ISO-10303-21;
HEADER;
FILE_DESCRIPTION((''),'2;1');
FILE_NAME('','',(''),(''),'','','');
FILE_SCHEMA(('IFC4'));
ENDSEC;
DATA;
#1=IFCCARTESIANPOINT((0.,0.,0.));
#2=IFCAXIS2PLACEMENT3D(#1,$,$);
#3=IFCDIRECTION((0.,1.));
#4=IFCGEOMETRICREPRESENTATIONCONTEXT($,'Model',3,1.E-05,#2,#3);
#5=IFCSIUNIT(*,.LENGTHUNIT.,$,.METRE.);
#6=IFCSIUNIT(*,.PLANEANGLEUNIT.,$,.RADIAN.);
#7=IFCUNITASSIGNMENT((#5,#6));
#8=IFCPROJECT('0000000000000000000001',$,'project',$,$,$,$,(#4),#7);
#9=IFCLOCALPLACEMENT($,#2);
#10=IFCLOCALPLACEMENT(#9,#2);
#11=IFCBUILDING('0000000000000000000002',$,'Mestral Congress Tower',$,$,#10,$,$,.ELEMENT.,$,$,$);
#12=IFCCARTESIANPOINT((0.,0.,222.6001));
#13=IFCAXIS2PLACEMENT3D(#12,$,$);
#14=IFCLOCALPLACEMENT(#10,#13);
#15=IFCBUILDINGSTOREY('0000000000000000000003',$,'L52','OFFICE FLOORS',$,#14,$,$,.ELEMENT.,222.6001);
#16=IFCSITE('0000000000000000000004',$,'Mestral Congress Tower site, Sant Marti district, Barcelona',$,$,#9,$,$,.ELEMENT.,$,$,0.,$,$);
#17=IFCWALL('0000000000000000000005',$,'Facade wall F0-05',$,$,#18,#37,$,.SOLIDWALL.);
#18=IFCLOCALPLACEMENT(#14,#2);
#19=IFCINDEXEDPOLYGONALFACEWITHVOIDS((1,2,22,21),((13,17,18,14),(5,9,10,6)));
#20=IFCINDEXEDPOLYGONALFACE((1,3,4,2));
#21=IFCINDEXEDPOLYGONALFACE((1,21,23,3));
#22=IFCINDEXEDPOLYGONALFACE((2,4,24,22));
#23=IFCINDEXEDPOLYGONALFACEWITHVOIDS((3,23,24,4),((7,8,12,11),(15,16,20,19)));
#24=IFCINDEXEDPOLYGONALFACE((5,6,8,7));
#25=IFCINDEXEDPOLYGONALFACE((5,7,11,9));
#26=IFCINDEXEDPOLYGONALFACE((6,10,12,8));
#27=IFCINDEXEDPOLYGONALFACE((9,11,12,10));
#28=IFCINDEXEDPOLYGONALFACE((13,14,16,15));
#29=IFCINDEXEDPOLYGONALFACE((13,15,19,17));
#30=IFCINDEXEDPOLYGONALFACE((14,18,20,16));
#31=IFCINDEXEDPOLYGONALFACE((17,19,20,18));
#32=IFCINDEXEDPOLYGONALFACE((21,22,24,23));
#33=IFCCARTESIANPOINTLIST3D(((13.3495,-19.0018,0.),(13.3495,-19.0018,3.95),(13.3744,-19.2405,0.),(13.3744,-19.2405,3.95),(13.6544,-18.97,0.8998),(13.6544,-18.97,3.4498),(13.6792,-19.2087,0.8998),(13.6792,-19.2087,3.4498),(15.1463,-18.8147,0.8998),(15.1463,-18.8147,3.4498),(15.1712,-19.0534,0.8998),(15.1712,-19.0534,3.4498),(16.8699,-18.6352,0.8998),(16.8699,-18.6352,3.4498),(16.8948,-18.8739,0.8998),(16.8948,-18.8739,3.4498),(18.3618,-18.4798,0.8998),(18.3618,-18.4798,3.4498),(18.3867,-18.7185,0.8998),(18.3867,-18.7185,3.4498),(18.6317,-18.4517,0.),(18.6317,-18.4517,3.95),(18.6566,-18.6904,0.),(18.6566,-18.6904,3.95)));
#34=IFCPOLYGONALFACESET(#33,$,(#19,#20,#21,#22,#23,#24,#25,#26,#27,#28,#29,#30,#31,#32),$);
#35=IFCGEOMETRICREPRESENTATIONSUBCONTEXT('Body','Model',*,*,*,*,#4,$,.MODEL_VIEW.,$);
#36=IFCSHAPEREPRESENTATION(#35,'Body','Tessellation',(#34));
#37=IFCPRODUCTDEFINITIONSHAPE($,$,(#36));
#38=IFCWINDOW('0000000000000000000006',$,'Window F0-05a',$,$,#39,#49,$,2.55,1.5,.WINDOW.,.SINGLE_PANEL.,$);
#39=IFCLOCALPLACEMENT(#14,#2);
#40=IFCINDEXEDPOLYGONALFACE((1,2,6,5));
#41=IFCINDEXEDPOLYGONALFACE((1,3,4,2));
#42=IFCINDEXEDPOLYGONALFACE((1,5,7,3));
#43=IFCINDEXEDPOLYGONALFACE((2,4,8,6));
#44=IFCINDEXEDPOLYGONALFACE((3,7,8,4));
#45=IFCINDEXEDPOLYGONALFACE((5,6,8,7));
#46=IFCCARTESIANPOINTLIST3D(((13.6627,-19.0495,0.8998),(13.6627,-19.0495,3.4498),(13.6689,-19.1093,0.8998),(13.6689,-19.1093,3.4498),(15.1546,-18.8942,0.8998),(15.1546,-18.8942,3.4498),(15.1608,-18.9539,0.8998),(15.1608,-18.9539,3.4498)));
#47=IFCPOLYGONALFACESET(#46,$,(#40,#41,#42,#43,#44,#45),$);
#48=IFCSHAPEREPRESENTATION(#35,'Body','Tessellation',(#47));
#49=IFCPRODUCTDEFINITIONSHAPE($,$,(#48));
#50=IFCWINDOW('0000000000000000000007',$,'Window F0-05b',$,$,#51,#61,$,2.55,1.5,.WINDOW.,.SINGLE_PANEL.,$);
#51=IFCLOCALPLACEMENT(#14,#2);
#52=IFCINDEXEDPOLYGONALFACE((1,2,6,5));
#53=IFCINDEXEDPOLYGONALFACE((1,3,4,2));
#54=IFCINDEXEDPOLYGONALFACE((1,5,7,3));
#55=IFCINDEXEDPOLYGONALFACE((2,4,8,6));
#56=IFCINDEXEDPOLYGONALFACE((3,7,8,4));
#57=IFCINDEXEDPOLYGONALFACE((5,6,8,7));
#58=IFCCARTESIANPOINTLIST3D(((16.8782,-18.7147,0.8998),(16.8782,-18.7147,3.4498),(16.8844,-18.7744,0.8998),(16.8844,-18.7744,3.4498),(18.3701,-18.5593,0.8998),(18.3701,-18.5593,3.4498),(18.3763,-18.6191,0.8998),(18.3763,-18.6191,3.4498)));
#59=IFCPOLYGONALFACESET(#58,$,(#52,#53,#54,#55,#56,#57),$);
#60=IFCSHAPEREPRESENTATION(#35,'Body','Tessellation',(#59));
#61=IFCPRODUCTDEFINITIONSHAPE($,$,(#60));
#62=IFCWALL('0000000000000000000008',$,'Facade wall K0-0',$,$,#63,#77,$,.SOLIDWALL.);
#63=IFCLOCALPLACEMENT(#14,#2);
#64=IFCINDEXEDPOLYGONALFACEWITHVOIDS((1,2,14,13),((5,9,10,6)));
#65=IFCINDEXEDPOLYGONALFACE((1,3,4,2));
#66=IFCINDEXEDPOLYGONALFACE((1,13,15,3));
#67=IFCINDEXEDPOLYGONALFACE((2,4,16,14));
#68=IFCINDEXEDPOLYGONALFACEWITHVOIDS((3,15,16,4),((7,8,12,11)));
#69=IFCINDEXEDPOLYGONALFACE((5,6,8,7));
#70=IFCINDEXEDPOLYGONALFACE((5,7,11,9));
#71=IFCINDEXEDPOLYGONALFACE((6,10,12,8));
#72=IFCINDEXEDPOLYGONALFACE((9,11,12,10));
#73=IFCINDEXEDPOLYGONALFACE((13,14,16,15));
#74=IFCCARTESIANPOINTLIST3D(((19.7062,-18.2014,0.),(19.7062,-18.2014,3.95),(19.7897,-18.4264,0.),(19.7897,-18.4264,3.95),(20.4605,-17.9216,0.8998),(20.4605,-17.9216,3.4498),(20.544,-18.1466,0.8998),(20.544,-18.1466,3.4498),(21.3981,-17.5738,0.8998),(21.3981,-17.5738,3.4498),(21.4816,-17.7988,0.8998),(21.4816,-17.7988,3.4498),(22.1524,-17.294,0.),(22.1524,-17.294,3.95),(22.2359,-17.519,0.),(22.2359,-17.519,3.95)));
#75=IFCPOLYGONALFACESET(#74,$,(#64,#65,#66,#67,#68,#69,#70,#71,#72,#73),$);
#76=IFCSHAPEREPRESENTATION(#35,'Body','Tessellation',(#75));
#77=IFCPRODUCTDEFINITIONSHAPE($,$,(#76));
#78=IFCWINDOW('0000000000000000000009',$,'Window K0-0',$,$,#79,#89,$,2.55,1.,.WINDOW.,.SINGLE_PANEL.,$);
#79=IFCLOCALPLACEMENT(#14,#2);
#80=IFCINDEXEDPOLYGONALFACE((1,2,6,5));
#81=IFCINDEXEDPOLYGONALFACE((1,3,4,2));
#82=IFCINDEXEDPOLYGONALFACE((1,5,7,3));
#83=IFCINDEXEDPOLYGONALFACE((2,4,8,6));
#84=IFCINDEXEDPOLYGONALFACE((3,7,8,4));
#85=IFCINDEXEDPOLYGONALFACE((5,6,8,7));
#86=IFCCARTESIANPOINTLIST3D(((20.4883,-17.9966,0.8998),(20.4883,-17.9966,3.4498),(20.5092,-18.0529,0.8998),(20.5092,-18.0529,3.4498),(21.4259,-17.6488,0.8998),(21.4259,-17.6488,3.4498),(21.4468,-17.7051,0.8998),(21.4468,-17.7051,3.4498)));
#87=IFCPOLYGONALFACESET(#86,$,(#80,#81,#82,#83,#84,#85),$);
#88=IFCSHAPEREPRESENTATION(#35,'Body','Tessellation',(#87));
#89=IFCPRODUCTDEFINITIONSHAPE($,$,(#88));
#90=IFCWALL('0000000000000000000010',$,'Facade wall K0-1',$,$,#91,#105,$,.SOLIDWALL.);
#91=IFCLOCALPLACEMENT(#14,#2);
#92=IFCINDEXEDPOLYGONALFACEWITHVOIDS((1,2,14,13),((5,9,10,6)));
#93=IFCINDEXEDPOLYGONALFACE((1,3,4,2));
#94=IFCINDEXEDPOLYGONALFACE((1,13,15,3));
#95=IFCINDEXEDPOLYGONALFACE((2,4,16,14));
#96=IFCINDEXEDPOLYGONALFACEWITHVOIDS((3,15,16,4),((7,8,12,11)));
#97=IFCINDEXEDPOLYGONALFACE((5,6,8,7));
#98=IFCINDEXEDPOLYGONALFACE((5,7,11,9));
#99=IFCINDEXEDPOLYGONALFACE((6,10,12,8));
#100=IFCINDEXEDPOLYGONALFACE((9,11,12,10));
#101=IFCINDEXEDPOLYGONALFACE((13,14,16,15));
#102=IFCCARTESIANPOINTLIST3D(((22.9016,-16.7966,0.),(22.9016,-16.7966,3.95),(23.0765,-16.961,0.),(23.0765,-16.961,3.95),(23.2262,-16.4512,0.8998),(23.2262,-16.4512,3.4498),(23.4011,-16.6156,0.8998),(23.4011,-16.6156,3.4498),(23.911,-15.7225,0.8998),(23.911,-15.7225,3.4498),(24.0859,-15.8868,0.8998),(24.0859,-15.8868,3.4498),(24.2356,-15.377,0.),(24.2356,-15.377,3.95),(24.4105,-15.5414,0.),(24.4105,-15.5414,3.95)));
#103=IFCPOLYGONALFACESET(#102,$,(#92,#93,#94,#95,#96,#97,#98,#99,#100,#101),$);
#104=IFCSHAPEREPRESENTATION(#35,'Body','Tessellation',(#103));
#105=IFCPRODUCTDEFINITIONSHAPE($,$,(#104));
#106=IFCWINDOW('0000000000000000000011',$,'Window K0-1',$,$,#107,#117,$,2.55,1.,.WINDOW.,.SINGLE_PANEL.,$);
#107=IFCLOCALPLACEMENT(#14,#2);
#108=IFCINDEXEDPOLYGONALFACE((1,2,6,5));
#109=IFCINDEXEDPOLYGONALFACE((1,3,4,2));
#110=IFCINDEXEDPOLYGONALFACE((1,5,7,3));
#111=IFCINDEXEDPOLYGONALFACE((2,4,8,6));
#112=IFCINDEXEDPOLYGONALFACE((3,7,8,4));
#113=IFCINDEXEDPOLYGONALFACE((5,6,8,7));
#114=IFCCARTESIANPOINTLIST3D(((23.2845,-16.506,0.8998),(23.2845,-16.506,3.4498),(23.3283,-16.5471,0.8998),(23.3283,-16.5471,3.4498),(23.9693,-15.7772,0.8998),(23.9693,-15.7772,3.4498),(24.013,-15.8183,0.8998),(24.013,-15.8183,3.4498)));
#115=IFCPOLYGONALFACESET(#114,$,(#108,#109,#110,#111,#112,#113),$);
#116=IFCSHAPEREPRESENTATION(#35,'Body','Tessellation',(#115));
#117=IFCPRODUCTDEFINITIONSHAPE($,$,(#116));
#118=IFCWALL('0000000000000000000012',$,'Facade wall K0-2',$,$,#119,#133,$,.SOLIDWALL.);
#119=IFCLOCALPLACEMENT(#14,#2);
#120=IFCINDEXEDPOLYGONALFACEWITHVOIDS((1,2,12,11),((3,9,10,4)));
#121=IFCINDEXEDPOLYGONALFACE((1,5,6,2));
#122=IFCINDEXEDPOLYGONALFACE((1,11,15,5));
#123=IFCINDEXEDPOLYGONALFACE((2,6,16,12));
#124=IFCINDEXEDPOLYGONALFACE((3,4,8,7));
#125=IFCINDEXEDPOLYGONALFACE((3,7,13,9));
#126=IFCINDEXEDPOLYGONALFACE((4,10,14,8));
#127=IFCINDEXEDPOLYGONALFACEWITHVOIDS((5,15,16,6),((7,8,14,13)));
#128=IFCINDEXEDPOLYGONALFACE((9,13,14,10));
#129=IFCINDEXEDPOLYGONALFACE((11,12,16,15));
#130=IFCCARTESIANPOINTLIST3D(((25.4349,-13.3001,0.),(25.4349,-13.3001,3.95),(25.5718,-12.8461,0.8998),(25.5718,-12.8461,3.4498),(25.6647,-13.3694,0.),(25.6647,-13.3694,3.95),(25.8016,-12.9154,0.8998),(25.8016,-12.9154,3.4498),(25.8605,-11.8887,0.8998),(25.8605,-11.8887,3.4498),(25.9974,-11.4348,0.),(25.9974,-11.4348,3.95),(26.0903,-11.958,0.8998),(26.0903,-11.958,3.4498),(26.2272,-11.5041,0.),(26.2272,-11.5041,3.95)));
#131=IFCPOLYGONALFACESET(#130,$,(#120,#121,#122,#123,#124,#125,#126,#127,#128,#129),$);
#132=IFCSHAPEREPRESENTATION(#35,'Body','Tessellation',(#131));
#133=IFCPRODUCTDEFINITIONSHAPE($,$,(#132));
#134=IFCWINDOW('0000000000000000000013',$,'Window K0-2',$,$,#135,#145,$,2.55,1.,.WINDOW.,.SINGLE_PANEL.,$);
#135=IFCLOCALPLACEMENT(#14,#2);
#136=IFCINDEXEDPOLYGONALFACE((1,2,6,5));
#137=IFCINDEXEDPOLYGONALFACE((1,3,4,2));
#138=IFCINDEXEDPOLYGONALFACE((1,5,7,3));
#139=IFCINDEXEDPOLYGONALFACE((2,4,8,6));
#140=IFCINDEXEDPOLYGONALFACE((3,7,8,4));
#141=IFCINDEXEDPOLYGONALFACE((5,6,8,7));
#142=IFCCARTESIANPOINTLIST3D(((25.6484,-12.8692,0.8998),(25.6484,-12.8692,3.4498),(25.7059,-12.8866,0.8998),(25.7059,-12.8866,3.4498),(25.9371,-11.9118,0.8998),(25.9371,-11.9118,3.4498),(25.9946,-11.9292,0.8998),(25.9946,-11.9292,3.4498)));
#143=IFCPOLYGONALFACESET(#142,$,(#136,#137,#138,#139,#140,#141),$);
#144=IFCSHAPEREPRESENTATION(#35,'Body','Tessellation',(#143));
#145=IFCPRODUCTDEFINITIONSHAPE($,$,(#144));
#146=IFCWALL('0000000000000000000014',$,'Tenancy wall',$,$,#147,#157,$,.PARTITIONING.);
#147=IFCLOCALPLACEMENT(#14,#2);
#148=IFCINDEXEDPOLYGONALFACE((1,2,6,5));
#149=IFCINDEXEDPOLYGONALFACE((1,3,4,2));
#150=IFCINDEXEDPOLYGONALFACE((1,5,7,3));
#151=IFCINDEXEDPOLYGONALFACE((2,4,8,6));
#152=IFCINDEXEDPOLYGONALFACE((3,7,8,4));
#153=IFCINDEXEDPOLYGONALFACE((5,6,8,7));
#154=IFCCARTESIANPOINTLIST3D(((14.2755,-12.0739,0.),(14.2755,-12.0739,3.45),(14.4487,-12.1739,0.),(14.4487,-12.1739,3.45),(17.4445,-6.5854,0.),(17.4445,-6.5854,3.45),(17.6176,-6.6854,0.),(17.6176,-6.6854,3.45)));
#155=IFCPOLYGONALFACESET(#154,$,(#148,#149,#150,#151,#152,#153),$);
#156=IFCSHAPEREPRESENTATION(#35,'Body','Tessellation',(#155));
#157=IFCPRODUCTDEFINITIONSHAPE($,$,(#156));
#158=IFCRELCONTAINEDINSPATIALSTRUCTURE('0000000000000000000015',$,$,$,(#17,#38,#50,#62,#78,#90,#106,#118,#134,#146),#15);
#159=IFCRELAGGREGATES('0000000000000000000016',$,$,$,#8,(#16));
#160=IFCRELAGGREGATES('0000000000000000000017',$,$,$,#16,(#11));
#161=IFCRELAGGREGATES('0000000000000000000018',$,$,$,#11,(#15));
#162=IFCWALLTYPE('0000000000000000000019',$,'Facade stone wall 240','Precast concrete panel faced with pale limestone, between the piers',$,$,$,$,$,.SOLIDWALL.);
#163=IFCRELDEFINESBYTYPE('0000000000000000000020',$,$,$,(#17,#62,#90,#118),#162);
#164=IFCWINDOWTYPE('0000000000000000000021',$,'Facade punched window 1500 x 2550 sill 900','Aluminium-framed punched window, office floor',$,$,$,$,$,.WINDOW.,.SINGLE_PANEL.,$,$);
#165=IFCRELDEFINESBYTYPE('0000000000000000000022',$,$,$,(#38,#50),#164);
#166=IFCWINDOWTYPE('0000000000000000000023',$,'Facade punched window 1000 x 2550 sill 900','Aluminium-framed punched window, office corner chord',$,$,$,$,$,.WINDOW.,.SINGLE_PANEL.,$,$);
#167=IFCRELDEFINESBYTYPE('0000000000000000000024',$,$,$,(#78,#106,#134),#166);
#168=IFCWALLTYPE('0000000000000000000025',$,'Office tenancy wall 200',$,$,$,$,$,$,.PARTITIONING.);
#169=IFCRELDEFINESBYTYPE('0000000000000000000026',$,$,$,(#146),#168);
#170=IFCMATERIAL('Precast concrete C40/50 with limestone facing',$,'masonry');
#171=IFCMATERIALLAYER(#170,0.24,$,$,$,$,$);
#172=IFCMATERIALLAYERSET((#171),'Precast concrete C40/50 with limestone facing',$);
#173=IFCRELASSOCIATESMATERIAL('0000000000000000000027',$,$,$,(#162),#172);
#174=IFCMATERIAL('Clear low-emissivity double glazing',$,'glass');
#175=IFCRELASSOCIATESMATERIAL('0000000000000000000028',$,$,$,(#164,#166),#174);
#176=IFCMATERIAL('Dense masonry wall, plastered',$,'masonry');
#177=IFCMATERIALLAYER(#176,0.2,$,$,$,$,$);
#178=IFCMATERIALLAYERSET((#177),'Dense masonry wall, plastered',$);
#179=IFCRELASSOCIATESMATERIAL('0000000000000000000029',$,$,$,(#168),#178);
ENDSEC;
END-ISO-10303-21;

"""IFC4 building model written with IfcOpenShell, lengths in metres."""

from ifc_helpers import new_model, si_unit, direction, frame, frame_2d, origin, place, context, subcontext, project, spatial, rectangle, extrude, material, layer, layer_set, type_object, element, fill, save


model = new_model("IFC4")

# Units and contexts
model_context = context("Model", 3, precision=1e-05, world=origin(), true_north=direction((0.0, 1.0)))
body_context = subcontext(model_context, "Body", "Model", "MODEL_VIEW")
ifc_project = project(units=[si_unit("LENGTHUNIT", "METRE"), si_unit("PLANEANGLEUNIT", "RADIAN")], contexts=[model_context])

# Site, building, storey
site_placement = place(None, origin())
site = spatial("IfcSite", under=ifc_project, at=site_placement, Name="Mestral Congress Tower site, Sant Marti district, Barcelona", CompositionType="ELEMENT", RefElevation=0.0)
building_placement = place(site_placement, origin())
building = spatial("IfcBuilding", under=site, at=building_placement, Name="Mestral Congress Tower", CompositionType="ELEMENT")
storey_placement = place(building_placement, frame((0.0, 0.0, 222.6001)))
storey = spatial("IfcBuildingStorey", under=building, at=storey_placement, Name="L52", Description="OFFICE FLOORS", CompositionType="ELEMENT", Elevation=222.6001)

# Wall, openings, windows
ifc_material_1 = material(Name="Precast concrete C40/50 with limestone facing", Category="masonry")
ifc_layer_1 = layer(ifc_material_1, 0.24)
ifc_layer_set_1 = layer_set([ifc_layer_1], Name="Precast concrete C40/50 with limestone facing")
wall_type_1 = type_object("IfcWallType", Name="Facade stone wall 240", Description="Precast concrete panel faced with pale limestone, between the piers", PredefinedType="SOLIDWALL", material=ifc_layer_set_1)
wall_1_placement = place(storey_placement, frame((13.3621, -19.1211, 0.0), z_axis=(0.0, 0.0, 1.0), x_axis=(0.994622, 0.103572, 0.0)))
wall_1 = element("IfcWall", 1, at=wall_1_placement, inside=storey, type_object=wall_type_1, Name="Facade wall F0-05", PredefinedType="SOLIDWALL", context=body_context, shape_type="SweptSolid", body=[
    extrude(rectangle(XDim=5.3108, YDim=0.24, at=frame_2d((2.6553, 0.0))), origin(), (0.0, 0.0, 1.0), 3.95),
])
opening_1_placement = place(wall_1_placement, frame((0.3064, 0.0, 0.8999)))
opening_1 = element("IfcOpeningElement", 2, at=opening_1_placement, cuts=wall_1, PredefinedType="OPENING", context=body_context, shape_type="SweptSolid", body=[
    extrude(rectangle(XDim=1.5, YDim=2.55, at=frame_2d((0.75, 1.2749))), frame((0.0, 0.1299, 0.0), z_axis=(0.0, -1.0, 0.0), x_axis=(1.0, 0.0, 0.0)), (0.0, 0.0, 1.0), 0.26),
])
opening_2_placement = place(wall_1_placement, frame((3.5393, 0.0, 0.8999)))
opening_2 = element("IfcOpeningElement", 3, at=opening_2_placement, cuts=wall_1, PredefinedType="OPENING", context=body_context, shape_type="SweptSolid", body=[
    extrude(rectangle(XDim=1.5, YDim=2.55, at=frame_2d((0.75, 1.2749))), frame((0.0, 0.1299, 0.0), z_axis=(0.0, -1.0, 0.0), x_axis=(1.0, 0.0, 0.0)), (0.0, 0.0, 1.0), 0.26),
])
ifc_material_2 = material(Name="Clear low-emissivity double glazing", Category="glass")
window_type_1 = type_object("IfcWindowType", Name="Facade punched window 1500 x 2550 sill 900", Description="Aluminium-framed punched window, office floor", PartitioningType="SINGLE_PANEL", PredefinedType="WINDOW", material=ifc_material_2)
window_1_placement = place(opening_1_placement, origin())
window_1 = element("IfcWindow", 4, at=window_1_placement, inside=storey, type_object=window_type_1, Name="Window F0-05a", OverallHeight=2.55, OverallWidth=1.5, PartitioningType="SINGLE_PANEL", PredefinedType="WINDOW", context=body_context, shape_type="SweptSolid", body=[
    extrude(rectangle(XDim=1.5, YDim=2.55, at=frame_2d((0.75, 1.2749))), frame((0.0, 0.04, 0.0), z_axis=(0.0, -1.0, 0.0), x_axis=(1.0, 0.0, 0.0)), (0.0, 0.0, 1.0), 0.0601),
])
fill(opening_1, window_1)
window_2_placement = place(opening_2_placement, origin())
window_2 = element("IfcWindow", 5, at=window_2_placement, inside=storey, type_object=window_type_1, Name="Window F0-05b", OverallHeight=2.55, OverallWidth=1.5, PartitioningType="SINGLE_PANEL", PredefinedType="WINDOW", context=body_context, shape_type="SweptSolid", body=[
    extrude(rectangle(XDim=1.5, YDim=2.55, at=frame_2d((0.75, 1.2749))), frame((0.0, 0.04, 0.0), z_axis=(0.0, -1.0, 0.0), x_axis=(1.0, 0.0, 0.0)), (0.0, 0.0, 1.0), 0.0601),
])
fill(opening_2, window_2)

# Walls, openings, windows
wall_2_placement = place(storey_placement, frame((19.7478, -18.314, 0.0), z_axis=(0.0, 0.0, 1.0), x_axis=(0.937569, 0.347799, 0.0)))
wall_2 = element("IfcWall", 6, at=wall_2_placement, inside=storey, type_object=wall_type_1, Name="Facade wall K0-0", PredefinedType="SOLIDWALL", context=body_context, shape_type="SweptSolid", body=[
    extrude(rectangle(XDim=2.6091, YDim=0.24, at=frame_2d((1.3047, 0.0))), origin(), (0.0, 0.0, 1.0), 3.95),
])
opening_3_placement = place(wall_2_placement, frame((0.8047, 0.0, 0.8999)))
opening_3 = element("IfcOpeningElement", 7, at=opening_3_placement, cuts=wall_2, PredefinedType="OPENING", context=body_context, shape_type="SweptSolid", body=[
    extrude(rectangle(XDim=1.0, YDim=2.55, at=frame_2d((0.5, 1.2749))), frame((0.0, 0.1299, 0.0), z_axis=(0.0, -1.0, 0.0), x_axis=(1.0, 0.0, 0.0)), (0.0, 0.0, 1.0), 0.26),
])
window_type_2 = type_object("IfcWindowType", Name="Facade punched window 1000 x 2550 sill 900", Description="Aluminium-framed punched window, office corner chord", PartitioningType="SINGLE_PANEL", PredefinedType="WINDOW", material=ifc_material_2)
window_3_placement = place(opening_3_placement, origin())
window_3 = element("IfcWindow", 8, at=window_3_placement, inside=storey, type_object=window_type_2, Name="Window K0-0", OverallHeight=2.55, OverallWidth=1.0, PartitioningType="SINGLE_PANEL", PredefinedType="WINDOW", context=body_context, shape_type="SweptSolid", body=[
    extrude(rectangle(XDim=1.0, YDim=2.55, at=frame_2d((0.5, 1.2749))), frame((0.0, 0.04, 0.0), z_axis=(0.0, -1.0, 0.0), x_axis=(1.0, 0.0, 0.0)), (0.0, 0.0, 1.0), 0.0601),
])
fill(opening_3, window_3)
wall_3_placement = place(storey_placement, frame((22.989, -16.8789, 0.0), z_axis=(0.0, 0.0, 1.0), x_axis=(0.68477, 0.728759, 0.0)))
wall_3 = element("IfcWall", 9, at=wall_3_placement, inside=storey, type_object=wall_type_1, Name="Facade wall K0-1", PredefinedType="SOLIDWALL", context=body_context, shape_type="SweptSolid", body=[
    extrude(rectangle(XDim=1.948, YDim=0.24, at=frame_2d((0.9741, 0.0))), origin(), (0.0, 0.0, 1.0), 3.95),
])
opening_4_placement = place(wall_3_placement, frame((0.4741, 0.0, 0.8999)))
opening_4 = element("IfcOpeningElement", 10, at=opening_4_placement, cuts=wall_3, PredefinedType="OPENING", context=body_context, shape_type="SweptSolid", body=[
    extrude(rectangle(XDim=1.0, YDim=2.55, at=frame_2d((0.5, 1.2749))), frame((0.0, 0.1299, 0.0), z_axis=(0.0, -1.0, 0.0), x_axis=(1.0, 0.0, 0.0)), (0.0, 0.0, 1.0), 0.26),
])
window_4_placement = place(opening_4_placement, origin())
window_4 = element("IfcWindow", 11, at=window_4_placement, inside=storey, type_object=window_type_2, Name="Window K0-1", OverallHeight=2.55, OverallWidth=1.0, PartitioningType="SINGLE_PANEL", PredefinedType="WINDOW", context=body_context, shape_type="SweptSolid", body=[
    extrude(rectangle(XDim=1.0, YDim=2.55, at=frame_2d((0.5, 1.2749))), frame((0.0, 0.04, 0.0), z_axis=(0.0, -1.0, 0.0), x_axis=(1.0, 0.0, 0.0)), (0.0, 0.0, 1.0), 0.0601),
])
fill(opening_4, window_4)
wall_4_placement = place(storey_placement, frame((25.5498, -13.3347, 0.0), z_axis=(0.0, 0.0, 1.0), x_axis=(0.288727, 0.957411, 0.0)))
wall_4 = element("IfcWall", 12, at=wall_4_placement, inside=storey, type_object=wall_type_1, Name="Facade wall K0-2", PredefinedType="SOLIDWALL", context=body_context, shape_type="SweptSolid", body=[
    extrude(rectangle(XDim=1.9482, YDim=0.24, at=frame_2d((0.9741, 0.0))), origin(), (0.0, 0.0, 1.0), 3.95),
])
opening_5_placement = place(wall_4_placement, frame((0.4741, 0.0, 0.8999)))
opening_5 = element("IfcOpeningElement", 13, at=opening_5_placement, cuts=wall_4, PredefinedType="OPENING", context=body_context, shape_type="SweptSolid", body=[
    extrude(rectangle(XDim=1.0, YDim=2.55, at=frame_2d((0.5, 1.2749))), frame((0.0, 0.1299, 0.0), z_axis=(0.0, -1.0, 0.0), x_axis=(1.0, 0.0, 0.0)), (0.0, 0.0, 1.0), 0.26),
])
window_5_placement = place(opening_5_placement, origin())
window_5 = element("IfcWindow", 14, at=window_5_placement, inside=storey, type_object=window_type_2, Name="Window K0-2", OverallHeight=2.55, OverallWidth=1.0, PartitioningType="SINGLE_PANEL", PredefinedType="WINDOW", context=body_context, shape_type="SweptSolid", body=[
    extrude(rectangle(XDim=1.0, YDim=2.55, at=frame_2d((0.5, 1.2749))), frame((0.0, 0.04, 0.0), z_axis=(0.0, -1.0, 0.0), x_axis=(1.0, 0.0, 0.0)), (0.0, 0.0, 1.0), 0.0601),
])
fill(opening_5, window_5)

# Wall
ifc_material_3 = material(Name="Dense masonry wall, plastered", Category="masonry")
ifc_layer_2 = layer(ifc_material_3, 0.2)
ifc_layer_set_2 = layer_set([ifc_layer_2], Name="Dense masonry wall, plastered")
wall_type_2 = type_object("IfcWallType", Name="Office tenancy wall 200", PredefinedType="PARTITIONING", material=ifc_layer_set_2)
wall_5_placement = place(storey_placement, frame((14.3621, -12.124, 0.0), z_axis=(0.0, 0.0, 1.0), x_axis=(0.500017, 0.866016, 0.0)))
element("IfcWall", 15, at=wall_5_placement, inside=storey, type_object=wall_type_2, Name="Tenancy wall", PredefinedType="PARTITIONING", context=body_context, shape_type="SweptSolid", body=[
    extrude(rectangle(XDim=6.3376, YDim=0.2, at=frame_2d((3.1689, 0.0))), origin(), (0.0, 0.0, 1.0), 3.45),
])

save(model, "model.ifc")
